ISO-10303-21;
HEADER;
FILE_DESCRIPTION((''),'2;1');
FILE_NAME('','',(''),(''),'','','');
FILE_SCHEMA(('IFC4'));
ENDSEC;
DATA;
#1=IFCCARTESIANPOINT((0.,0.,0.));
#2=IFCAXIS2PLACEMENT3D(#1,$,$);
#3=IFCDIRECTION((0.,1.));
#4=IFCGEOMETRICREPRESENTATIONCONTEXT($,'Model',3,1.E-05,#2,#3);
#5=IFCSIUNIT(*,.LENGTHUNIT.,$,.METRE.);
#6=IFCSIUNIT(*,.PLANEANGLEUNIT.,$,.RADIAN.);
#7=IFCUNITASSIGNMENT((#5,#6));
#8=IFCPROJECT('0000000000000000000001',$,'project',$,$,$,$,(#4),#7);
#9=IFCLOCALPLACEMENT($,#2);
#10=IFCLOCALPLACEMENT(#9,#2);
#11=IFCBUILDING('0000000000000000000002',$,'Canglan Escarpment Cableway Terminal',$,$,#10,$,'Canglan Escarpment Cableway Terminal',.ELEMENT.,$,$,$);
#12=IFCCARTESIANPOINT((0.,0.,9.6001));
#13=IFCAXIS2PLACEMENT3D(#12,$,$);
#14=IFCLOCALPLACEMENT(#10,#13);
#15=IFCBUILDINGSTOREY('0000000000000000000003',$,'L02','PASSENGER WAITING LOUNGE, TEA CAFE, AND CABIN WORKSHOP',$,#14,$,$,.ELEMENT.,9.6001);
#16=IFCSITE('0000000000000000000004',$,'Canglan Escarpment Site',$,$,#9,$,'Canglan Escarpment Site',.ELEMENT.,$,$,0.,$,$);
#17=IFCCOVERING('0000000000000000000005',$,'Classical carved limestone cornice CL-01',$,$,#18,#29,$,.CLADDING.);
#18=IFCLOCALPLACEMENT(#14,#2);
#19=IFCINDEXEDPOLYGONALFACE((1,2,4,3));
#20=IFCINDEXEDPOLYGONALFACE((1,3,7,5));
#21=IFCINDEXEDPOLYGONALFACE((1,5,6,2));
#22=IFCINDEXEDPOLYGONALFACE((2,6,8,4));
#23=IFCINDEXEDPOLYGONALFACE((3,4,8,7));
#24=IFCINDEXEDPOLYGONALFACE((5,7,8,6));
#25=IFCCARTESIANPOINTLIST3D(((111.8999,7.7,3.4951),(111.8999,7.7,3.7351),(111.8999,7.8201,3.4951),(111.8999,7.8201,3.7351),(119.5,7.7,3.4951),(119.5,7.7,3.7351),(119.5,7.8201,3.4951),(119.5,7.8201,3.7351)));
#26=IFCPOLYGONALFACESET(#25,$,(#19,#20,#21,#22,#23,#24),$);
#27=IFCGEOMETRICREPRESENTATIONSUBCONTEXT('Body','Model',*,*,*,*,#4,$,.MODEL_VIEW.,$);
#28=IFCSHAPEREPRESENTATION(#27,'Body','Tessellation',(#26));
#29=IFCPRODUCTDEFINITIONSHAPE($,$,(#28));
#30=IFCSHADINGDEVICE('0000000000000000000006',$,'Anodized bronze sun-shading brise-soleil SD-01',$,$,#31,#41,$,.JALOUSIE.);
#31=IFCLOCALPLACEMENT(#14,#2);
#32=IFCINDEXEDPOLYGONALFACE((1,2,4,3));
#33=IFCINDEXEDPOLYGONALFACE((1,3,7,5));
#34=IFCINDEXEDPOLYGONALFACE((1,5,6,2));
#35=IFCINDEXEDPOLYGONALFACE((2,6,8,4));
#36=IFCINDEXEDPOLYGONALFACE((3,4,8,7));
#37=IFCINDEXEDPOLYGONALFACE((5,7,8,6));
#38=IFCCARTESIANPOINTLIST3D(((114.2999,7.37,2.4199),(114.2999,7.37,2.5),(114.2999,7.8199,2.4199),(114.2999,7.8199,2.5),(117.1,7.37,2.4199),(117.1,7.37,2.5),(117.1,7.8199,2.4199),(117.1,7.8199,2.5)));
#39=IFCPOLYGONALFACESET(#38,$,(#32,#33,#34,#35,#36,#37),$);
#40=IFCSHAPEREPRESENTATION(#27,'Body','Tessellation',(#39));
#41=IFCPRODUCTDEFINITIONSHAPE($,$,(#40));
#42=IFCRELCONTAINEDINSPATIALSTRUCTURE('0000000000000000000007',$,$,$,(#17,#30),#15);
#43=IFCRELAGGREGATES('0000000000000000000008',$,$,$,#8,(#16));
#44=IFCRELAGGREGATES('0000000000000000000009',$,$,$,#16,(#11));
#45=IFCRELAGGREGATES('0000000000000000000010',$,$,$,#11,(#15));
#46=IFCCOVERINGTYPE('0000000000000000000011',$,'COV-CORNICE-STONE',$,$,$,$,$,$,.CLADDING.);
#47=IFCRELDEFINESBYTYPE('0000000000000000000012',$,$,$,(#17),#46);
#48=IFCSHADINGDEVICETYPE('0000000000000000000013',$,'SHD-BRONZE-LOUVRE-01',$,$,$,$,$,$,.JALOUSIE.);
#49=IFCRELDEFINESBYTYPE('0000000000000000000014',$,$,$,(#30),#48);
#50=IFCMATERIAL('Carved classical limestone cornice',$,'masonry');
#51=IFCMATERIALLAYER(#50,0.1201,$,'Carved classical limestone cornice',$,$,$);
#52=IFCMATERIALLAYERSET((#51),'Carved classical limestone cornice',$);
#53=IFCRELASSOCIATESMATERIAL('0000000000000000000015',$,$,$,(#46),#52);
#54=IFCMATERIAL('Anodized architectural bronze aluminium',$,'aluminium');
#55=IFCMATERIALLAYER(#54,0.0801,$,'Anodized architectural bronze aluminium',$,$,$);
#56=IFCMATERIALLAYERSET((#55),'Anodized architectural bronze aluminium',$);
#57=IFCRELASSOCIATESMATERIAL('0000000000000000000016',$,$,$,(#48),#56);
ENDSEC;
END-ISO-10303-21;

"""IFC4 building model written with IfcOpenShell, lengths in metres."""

from ifc_helpers import new_model, si_unit, direction, frame, origin, origin_2d, place, context, subcontext, project, spatial, rectangle, extrude, material, layer, layer_set, type_object, element, save


model = new_model("IFC4")

# Units and contexts
model_context = context("Model", 3, precision=1e-05, world=origin(), true_north=direction((0.0, 1.0)))
body_context = subcontext(model_context, "Body", "Model", "MODEL_VIEW")
ifc_project = project(units=[si_unit("LENGTHUNIT", "METRE"), si_unit("PLANEANGLEUNIT", "RADIAN")], contexts=[model_context])

# Site, building, storey
site_placement = place(None, origin())
site = spatial("IfcSite", under=ifc_project, at=site_placement, Name="Canglan Escarpment Site", LongName="Canglan Escarpment Site", CompositionType="ELEMENT", RefElevation=0.0)
building_placement = place(site_placement, origin())
building = spatial("IfcBuilding", under=site, at=building_placement, Name="Canglan Escarpment Cableway Terminal", LongName="Canglan Escarpment Cableway Terminal", CompositionType="ELEMENT")
storey_placement = place(building_placement, frame((0.0, 0.0, 9.6001)))
storey = spatial("IfcBuildingStorey", under=building, at=storey_placement, Name="L02", Description="PASSENGER WAITING LOUNGE, TEA CAFE, AND CABIN WORKSHOP", CompositionType="ELEMENT", Elevation=9.6001)

# Covering
ifc_material_1 = material(Name="Carved classical limestone cornice", Category="masonry")
ifc_layer_1 = layer(ifc_material_1, 0.1201, Name="Carved classical limestone cornice")
ifc_layer_set_1 = layer_set([ifc_layer_1], Name="Carved classical limestone cornice")
covering_type = type_object("IfcCoveringType", Name="COV-CORNICE-STONE", PredefinedType="CLADDING", material=ifc_layer_set_1)
covering_placement = place(storey_placement, frame((115.7, 7.76, 3.4951), z_axis=(0.0, 0.0, 1.0), x_axis=(1.0, 0.0, 0.0)))
element("IfcCovering", 1, at=covering_placement, inside=storey, type_object=covering_type, Name="Classical carved limestone cornice CL-01", PredefinedType="CLADDING", context=body_context, shape_type="SweptSolid", body=[
    extrude(rectangle(XDim=7.6001, YDim=0.1201, at=origin_2d()), origin(), (0.0, 0.0, 1.0), 0.24),
])

# Shading device
ifc_material_2 = material(Name="Anodized architectural bronze aluminium", Category="aluminium")
ifc_layer_2 = layer(ifc_material_2, 0.0801, Name="Anodized architectural bronze aluminium")
ifc_layer_set_2 = layer_set([ifc_layer_2], Name="Anodized architectural bronze aluminium")
shading_device_type = type_object("IfcShadingDeviceType", Name="SHD-BRONZE-LOUVRE-01", PredefinedType="JALOUSIE", material=ifc_layer_set_2)
shading_device_placement = place(storey_placement, frame((115.7, 7.595, 2.4199), z_axis=(0.0, 0.0, 1.0), x_axis=(1.0, 0.0, 0.0)))
element("IfcShadingDevice", 2, at=shading_device_placement, inside=storey, type_object=shading_device_type, Name="Anodized bronze sun-shading brise-soleil SD-01", PredefinedType="JALOUSIE", context=body_context, shape_type="SweptSolid", body=[
    extrude(rectangle(XDim=2.8, YDim=0.45, at=origin_2d()), origin(), (0.0, 0.0, 1.0), 0.0801),
])

save(model, "model.ifc")
